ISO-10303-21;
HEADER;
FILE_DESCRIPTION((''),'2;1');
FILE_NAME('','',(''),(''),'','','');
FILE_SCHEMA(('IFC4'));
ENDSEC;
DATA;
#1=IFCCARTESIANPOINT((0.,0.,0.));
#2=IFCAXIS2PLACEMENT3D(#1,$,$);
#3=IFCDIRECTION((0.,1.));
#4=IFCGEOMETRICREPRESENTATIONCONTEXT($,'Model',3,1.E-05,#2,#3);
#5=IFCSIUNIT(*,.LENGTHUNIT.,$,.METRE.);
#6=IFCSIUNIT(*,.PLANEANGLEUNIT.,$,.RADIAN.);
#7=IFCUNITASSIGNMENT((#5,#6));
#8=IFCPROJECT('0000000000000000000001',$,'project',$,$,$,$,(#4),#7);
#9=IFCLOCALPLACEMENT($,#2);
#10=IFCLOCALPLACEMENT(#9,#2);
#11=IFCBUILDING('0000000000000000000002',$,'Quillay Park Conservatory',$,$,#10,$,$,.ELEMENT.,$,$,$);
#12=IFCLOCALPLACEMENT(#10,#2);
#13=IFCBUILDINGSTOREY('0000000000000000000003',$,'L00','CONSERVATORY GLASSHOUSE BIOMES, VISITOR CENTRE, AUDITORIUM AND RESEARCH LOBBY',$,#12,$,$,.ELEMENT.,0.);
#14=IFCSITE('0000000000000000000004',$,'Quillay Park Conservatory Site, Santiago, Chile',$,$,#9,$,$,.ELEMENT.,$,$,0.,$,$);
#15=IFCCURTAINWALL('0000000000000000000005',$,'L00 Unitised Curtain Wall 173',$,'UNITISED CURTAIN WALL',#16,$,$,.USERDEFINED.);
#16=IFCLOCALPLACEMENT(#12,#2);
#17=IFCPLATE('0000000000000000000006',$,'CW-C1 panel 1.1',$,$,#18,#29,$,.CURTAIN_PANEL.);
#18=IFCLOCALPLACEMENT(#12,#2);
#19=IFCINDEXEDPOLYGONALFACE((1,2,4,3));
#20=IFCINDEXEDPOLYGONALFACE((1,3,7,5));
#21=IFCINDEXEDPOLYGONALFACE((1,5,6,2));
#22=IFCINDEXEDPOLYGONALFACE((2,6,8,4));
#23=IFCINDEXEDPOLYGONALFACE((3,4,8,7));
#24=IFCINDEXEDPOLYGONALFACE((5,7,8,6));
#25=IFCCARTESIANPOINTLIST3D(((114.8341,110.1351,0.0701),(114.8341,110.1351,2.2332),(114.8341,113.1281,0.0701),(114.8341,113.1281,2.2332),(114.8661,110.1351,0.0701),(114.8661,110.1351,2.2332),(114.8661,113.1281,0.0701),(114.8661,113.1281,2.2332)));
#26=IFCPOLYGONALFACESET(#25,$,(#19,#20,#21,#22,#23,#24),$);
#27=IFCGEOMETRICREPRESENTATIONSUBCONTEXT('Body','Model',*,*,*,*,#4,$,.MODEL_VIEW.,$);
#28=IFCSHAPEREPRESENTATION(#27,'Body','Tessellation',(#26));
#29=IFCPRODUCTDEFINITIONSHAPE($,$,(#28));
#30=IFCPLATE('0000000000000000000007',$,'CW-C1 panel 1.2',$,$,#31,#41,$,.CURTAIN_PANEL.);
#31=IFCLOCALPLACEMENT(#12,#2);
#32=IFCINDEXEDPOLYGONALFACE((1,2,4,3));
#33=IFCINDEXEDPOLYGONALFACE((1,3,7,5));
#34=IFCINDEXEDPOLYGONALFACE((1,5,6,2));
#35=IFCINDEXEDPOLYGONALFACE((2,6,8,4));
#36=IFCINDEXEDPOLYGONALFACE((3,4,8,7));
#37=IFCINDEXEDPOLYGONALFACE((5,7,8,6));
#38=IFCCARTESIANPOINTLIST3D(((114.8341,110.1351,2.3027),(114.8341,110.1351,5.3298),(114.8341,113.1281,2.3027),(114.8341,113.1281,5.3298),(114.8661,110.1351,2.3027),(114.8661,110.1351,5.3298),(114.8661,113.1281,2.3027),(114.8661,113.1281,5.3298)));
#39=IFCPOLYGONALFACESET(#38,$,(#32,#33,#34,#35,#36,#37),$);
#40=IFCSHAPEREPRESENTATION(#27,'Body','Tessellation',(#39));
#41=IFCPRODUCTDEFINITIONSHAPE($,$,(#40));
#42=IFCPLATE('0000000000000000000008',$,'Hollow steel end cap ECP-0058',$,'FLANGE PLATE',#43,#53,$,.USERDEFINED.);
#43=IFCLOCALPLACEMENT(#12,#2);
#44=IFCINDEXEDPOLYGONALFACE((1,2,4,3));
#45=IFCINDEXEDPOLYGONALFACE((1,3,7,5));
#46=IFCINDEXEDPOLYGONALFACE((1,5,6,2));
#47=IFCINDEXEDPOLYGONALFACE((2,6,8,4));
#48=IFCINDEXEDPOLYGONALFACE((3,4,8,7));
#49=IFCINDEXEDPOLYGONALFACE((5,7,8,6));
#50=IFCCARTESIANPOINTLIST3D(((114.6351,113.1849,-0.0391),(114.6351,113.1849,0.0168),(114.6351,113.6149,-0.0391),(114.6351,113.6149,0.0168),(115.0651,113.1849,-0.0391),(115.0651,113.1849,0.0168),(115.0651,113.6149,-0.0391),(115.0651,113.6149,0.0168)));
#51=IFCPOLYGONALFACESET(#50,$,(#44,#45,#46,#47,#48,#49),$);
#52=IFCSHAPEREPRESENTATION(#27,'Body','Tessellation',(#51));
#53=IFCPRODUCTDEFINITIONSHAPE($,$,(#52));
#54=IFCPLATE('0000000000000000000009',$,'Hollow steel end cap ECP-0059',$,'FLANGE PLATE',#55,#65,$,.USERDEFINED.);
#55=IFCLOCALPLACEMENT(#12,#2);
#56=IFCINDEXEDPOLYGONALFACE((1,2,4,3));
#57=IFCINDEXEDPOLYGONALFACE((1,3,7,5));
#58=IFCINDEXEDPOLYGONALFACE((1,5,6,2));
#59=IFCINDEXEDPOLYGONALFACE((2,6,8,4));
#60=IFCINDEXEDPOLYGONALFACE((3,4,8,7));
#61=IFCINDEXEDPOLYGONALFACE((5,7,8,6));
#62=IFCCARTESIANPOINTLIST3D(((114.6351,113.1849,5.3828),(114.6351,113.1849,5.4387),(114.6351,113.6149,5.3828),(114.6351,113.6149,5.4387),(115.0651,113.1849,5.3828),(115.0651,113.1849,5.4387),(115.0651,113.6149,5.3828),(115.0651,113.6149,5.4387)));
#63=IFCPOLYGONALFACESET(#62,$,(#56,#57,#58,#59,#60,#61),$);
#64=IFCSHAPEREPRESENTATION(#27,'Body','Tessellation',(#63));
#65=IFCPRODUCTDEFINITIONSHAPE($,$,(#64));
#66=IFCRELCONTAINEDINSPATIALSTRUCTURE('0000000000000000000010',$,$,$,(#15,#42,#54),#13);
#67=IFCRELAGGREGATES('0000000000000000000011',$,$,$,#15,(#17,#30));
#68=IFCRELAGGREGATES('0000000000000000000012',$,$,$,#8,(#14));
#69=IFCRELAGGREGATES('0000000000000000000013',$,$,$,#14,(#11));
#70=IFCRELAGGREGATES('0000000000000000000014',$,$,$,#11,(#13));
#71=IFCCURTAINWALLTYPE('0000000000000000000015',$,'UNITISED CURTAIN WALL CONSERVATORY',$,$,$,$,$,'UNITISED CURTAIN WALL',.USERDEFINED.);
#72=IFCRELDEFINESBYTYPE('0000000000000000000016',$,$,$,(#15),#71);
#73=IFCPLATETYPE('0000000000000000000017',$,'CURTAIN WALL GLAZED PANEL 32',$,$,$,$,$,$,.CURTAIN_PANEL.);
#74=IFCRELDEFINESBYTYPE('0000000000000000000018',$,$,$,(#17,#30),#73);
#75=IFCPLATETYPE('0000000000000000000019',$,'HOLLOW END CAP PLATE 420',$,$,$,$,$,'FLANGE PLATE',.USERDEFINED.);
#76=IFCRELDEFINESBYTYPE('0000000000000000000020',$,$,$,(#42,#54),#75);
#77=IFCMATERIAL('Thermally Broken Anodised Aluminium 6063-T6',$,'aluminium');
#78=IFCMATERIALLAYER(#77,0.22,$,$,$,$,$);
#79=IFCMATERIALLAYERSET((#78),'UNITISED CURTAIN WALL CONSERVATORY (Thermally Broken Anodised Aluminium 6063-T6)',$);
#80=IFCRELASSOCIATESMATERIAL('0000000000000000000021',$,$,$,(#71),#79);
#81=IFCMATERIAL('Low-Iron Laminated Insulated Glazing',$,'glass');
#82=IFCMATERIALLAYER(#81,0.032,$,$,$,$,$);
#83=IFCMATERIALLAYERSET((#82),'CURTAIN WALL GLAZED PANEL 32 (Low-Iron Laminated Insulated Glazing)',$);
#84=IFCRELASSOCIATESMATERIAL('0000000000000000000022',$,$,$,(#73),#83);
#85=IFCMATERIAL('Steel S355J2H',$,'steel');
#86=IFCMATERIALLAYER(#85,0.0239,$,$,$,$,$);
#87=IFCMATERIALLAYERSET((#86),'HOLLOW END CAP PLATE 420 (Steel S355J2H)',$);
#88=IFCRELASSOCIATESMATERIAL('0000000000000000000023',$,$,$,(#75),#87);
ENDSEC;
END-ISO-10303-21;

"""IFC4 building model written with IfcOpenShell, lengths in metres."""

from ifc_helpers import new_model, si_unit, direction, frame, origin, origin_2d, place, context, subcontext, project, spatial, rectangle, extrude, material, layer, layer_set, type_object, element, aggregate, save


model = new_model("IFC4")

# Units and contexts
model_context = context("Model", 3, precision=1e-05, world=origin(), true_north=direction((0.0, 1.0)))
body_context = subcontext(model_context, "Body", "Model", "MODEL_VIEW")
ifc_project = project(units=[si_unit("LENGTHUNIT", "METRE"), si_unit("PLANEANGLEUNIT", "RADIAN")], contexts=[model_context])

# Site, building, storey
site_placement = place(None, origin())
site = spatial("IfcSite", under=ifc_project, at=site_placement, Name="Quillay Park Conservatory Site, Santiago, Chile", CompositionType="ELEMENT", RefElevation=0.0)
building_placement = place(site_placement, origin())
building = spatial("IfcBuilding", under=site, at=building_placement, Name="Quillay Park Conservatory", CompositionType="ELEMENT")
storey_placement = place(building_placement, origin())
storey = spatial("IfcBuildingStorey", under=building, at=storey_placement, Name="L00", Description="CONSERVATORY GLASSHOUSE BIOMES, VISITOR CENTRE, AUDITORIUM AND RESEARCH LOBBY", CompositionType="ELEMENT", Elevation=0.0)

# Curtain wall
ifc_material_1 = material(Name="Thermally Broken Anodised Aluminium 6063-T6", Category="aluminium")
ifc_layer_1 = layer(ifc_material_1, 0.22)
ifc_layer_set_1 = layer_set([ifc_layer_1], Name="UNITISED CURTAIN WALL CONSERVATORY (Thermally Broken Anodised Aluminium 6063-T6)")
curtain_wall_type = type_object("IfcCurtainWallType", Name="UNITISED CURTAIN WALL CONSERVATORY", ElementType="UNITISED CURTAIN WALL", PredefinedType="USERDEFINED", material=ifc_layer_set_1)
curtain_wall_1_placement = place(storey_placement, origin())
curtain_wall_1 = element("IfcCurtainWall", 1, at=curtain_wall_1_placement, inside=storey, type_object=curtain_wall_type, Name="L00 Unitised Curtain Wall 173", ObjectType="UNITISED CURTAIN WALL", PredefinedType="USERDEFINED")

# Plates
ifc_material_2 = material(Name="Low-Iron Laminated Insulated Glazing", Category="glass")
ifc_layer_2 = layer(ifc_material_2, 0.032)
ifc_layer_set_2 = layer_set([ifc_layer_2], Name="CURTAIN WALL GLAZED PANEL 32 (Low-Iron Laminated Insulated Glazing)")
plate_type_1 = type_object("IfcPlateType", Name="CURTAIN WALL GLAZED PANEL 32", PredefinedType="CURTAIN_PANEL", material=ifc_layer_set_2)
plate_1_placement = place(storey_placement, frame((114.8501, 111.6316, 0.0701), z_axis=(0.0, 0.0, 1.0), x_axis=(0.0, -1.0, 0.0)))
plate_1 = element("IfcPlate", 2, at=plate_1_placement, type_object=plate_type_1, Name="CW-C1 panel 1.1", PredefinedType="CURTAIN_PANEL", context=body_context, shape_type="SweptSolid", body=[
    extrude(rectangle(XDim=2.9929, YDim=0.032, at=origin_2d()), origin(), (0.0, 0.0, 1.0), 2.1631),
])
plate_2_placement = place(storey_placement, frame((114.8501, 111.6316, 2.3027), z_axis=(0.0, 0.0, 1.0), x_axis=(0.0, -1.0, 0.0)))
plate_2 = element("IfcPlate", 3, at=plate_2_placement, type_object=plate_type_1, Name="CW-C1 panel 1.2", PredefinedType="CURTAIN_PANEL", context=body_context, shape_type="SweptSolid", body=[
    extrude(rectangle(XDim=2.9929, YDim=0.032, at=origin_2d()), origin(), (0.0, 0.0, 1.0), 3.0271),
])
aggregate(curtain_wall_1, [plate_1, plate_2])

# Plates
ifc_material_3 = material(Name="Steel S355J2H", Category="steel")
ifc_layer_3 = layer(ifc_material_3, 0.0239)
ifc_layer_set_3 = layer_set([ifc_layer_3], Name="HOLLOW END CAP PLATE 420 (Steel S355J2H)")
plate_type_2 = type_object("IfcPlateType", Name="HOLLOW END CAP PLATE 420", ElementType="FLANGE PLATE", PredefinedType="USERDEFINED", material=ifc_layer_set_3)
for number, where, z_axis, x_axis, name in (
    (4, (114.8501, 113.3999, -0.0391), (0.0, 0.0, 1.0), (1.0, 0.0, 0.0), "Hollow steel end cap ECP-0058"),
    (5, (114.8501, 113.3999, 5.3828), (0.0, 0.0, 1.0), (1.0, 0.0, 0.0), "Hollow steel end cap ECP-0059"),
):
    element("IfcPlate", number, at=place(storey_placement, frame(where, z_axis=z_axis, x_axis=x_axis)), inside=storey, type_object=plate_type_2, Name=name, ObjectType="FLANGE PLATE", PredefinedType="USERDEFINED", context=body_context, shape_type="SweptSolid", body=[
        extrude(rectangle(XDim=0.4299, YDim=0.4299, at=origin_2d()), origin(), (0.0, 0.0, 1.0), 0.0559),
    ])

save(model, "model.ifc")
